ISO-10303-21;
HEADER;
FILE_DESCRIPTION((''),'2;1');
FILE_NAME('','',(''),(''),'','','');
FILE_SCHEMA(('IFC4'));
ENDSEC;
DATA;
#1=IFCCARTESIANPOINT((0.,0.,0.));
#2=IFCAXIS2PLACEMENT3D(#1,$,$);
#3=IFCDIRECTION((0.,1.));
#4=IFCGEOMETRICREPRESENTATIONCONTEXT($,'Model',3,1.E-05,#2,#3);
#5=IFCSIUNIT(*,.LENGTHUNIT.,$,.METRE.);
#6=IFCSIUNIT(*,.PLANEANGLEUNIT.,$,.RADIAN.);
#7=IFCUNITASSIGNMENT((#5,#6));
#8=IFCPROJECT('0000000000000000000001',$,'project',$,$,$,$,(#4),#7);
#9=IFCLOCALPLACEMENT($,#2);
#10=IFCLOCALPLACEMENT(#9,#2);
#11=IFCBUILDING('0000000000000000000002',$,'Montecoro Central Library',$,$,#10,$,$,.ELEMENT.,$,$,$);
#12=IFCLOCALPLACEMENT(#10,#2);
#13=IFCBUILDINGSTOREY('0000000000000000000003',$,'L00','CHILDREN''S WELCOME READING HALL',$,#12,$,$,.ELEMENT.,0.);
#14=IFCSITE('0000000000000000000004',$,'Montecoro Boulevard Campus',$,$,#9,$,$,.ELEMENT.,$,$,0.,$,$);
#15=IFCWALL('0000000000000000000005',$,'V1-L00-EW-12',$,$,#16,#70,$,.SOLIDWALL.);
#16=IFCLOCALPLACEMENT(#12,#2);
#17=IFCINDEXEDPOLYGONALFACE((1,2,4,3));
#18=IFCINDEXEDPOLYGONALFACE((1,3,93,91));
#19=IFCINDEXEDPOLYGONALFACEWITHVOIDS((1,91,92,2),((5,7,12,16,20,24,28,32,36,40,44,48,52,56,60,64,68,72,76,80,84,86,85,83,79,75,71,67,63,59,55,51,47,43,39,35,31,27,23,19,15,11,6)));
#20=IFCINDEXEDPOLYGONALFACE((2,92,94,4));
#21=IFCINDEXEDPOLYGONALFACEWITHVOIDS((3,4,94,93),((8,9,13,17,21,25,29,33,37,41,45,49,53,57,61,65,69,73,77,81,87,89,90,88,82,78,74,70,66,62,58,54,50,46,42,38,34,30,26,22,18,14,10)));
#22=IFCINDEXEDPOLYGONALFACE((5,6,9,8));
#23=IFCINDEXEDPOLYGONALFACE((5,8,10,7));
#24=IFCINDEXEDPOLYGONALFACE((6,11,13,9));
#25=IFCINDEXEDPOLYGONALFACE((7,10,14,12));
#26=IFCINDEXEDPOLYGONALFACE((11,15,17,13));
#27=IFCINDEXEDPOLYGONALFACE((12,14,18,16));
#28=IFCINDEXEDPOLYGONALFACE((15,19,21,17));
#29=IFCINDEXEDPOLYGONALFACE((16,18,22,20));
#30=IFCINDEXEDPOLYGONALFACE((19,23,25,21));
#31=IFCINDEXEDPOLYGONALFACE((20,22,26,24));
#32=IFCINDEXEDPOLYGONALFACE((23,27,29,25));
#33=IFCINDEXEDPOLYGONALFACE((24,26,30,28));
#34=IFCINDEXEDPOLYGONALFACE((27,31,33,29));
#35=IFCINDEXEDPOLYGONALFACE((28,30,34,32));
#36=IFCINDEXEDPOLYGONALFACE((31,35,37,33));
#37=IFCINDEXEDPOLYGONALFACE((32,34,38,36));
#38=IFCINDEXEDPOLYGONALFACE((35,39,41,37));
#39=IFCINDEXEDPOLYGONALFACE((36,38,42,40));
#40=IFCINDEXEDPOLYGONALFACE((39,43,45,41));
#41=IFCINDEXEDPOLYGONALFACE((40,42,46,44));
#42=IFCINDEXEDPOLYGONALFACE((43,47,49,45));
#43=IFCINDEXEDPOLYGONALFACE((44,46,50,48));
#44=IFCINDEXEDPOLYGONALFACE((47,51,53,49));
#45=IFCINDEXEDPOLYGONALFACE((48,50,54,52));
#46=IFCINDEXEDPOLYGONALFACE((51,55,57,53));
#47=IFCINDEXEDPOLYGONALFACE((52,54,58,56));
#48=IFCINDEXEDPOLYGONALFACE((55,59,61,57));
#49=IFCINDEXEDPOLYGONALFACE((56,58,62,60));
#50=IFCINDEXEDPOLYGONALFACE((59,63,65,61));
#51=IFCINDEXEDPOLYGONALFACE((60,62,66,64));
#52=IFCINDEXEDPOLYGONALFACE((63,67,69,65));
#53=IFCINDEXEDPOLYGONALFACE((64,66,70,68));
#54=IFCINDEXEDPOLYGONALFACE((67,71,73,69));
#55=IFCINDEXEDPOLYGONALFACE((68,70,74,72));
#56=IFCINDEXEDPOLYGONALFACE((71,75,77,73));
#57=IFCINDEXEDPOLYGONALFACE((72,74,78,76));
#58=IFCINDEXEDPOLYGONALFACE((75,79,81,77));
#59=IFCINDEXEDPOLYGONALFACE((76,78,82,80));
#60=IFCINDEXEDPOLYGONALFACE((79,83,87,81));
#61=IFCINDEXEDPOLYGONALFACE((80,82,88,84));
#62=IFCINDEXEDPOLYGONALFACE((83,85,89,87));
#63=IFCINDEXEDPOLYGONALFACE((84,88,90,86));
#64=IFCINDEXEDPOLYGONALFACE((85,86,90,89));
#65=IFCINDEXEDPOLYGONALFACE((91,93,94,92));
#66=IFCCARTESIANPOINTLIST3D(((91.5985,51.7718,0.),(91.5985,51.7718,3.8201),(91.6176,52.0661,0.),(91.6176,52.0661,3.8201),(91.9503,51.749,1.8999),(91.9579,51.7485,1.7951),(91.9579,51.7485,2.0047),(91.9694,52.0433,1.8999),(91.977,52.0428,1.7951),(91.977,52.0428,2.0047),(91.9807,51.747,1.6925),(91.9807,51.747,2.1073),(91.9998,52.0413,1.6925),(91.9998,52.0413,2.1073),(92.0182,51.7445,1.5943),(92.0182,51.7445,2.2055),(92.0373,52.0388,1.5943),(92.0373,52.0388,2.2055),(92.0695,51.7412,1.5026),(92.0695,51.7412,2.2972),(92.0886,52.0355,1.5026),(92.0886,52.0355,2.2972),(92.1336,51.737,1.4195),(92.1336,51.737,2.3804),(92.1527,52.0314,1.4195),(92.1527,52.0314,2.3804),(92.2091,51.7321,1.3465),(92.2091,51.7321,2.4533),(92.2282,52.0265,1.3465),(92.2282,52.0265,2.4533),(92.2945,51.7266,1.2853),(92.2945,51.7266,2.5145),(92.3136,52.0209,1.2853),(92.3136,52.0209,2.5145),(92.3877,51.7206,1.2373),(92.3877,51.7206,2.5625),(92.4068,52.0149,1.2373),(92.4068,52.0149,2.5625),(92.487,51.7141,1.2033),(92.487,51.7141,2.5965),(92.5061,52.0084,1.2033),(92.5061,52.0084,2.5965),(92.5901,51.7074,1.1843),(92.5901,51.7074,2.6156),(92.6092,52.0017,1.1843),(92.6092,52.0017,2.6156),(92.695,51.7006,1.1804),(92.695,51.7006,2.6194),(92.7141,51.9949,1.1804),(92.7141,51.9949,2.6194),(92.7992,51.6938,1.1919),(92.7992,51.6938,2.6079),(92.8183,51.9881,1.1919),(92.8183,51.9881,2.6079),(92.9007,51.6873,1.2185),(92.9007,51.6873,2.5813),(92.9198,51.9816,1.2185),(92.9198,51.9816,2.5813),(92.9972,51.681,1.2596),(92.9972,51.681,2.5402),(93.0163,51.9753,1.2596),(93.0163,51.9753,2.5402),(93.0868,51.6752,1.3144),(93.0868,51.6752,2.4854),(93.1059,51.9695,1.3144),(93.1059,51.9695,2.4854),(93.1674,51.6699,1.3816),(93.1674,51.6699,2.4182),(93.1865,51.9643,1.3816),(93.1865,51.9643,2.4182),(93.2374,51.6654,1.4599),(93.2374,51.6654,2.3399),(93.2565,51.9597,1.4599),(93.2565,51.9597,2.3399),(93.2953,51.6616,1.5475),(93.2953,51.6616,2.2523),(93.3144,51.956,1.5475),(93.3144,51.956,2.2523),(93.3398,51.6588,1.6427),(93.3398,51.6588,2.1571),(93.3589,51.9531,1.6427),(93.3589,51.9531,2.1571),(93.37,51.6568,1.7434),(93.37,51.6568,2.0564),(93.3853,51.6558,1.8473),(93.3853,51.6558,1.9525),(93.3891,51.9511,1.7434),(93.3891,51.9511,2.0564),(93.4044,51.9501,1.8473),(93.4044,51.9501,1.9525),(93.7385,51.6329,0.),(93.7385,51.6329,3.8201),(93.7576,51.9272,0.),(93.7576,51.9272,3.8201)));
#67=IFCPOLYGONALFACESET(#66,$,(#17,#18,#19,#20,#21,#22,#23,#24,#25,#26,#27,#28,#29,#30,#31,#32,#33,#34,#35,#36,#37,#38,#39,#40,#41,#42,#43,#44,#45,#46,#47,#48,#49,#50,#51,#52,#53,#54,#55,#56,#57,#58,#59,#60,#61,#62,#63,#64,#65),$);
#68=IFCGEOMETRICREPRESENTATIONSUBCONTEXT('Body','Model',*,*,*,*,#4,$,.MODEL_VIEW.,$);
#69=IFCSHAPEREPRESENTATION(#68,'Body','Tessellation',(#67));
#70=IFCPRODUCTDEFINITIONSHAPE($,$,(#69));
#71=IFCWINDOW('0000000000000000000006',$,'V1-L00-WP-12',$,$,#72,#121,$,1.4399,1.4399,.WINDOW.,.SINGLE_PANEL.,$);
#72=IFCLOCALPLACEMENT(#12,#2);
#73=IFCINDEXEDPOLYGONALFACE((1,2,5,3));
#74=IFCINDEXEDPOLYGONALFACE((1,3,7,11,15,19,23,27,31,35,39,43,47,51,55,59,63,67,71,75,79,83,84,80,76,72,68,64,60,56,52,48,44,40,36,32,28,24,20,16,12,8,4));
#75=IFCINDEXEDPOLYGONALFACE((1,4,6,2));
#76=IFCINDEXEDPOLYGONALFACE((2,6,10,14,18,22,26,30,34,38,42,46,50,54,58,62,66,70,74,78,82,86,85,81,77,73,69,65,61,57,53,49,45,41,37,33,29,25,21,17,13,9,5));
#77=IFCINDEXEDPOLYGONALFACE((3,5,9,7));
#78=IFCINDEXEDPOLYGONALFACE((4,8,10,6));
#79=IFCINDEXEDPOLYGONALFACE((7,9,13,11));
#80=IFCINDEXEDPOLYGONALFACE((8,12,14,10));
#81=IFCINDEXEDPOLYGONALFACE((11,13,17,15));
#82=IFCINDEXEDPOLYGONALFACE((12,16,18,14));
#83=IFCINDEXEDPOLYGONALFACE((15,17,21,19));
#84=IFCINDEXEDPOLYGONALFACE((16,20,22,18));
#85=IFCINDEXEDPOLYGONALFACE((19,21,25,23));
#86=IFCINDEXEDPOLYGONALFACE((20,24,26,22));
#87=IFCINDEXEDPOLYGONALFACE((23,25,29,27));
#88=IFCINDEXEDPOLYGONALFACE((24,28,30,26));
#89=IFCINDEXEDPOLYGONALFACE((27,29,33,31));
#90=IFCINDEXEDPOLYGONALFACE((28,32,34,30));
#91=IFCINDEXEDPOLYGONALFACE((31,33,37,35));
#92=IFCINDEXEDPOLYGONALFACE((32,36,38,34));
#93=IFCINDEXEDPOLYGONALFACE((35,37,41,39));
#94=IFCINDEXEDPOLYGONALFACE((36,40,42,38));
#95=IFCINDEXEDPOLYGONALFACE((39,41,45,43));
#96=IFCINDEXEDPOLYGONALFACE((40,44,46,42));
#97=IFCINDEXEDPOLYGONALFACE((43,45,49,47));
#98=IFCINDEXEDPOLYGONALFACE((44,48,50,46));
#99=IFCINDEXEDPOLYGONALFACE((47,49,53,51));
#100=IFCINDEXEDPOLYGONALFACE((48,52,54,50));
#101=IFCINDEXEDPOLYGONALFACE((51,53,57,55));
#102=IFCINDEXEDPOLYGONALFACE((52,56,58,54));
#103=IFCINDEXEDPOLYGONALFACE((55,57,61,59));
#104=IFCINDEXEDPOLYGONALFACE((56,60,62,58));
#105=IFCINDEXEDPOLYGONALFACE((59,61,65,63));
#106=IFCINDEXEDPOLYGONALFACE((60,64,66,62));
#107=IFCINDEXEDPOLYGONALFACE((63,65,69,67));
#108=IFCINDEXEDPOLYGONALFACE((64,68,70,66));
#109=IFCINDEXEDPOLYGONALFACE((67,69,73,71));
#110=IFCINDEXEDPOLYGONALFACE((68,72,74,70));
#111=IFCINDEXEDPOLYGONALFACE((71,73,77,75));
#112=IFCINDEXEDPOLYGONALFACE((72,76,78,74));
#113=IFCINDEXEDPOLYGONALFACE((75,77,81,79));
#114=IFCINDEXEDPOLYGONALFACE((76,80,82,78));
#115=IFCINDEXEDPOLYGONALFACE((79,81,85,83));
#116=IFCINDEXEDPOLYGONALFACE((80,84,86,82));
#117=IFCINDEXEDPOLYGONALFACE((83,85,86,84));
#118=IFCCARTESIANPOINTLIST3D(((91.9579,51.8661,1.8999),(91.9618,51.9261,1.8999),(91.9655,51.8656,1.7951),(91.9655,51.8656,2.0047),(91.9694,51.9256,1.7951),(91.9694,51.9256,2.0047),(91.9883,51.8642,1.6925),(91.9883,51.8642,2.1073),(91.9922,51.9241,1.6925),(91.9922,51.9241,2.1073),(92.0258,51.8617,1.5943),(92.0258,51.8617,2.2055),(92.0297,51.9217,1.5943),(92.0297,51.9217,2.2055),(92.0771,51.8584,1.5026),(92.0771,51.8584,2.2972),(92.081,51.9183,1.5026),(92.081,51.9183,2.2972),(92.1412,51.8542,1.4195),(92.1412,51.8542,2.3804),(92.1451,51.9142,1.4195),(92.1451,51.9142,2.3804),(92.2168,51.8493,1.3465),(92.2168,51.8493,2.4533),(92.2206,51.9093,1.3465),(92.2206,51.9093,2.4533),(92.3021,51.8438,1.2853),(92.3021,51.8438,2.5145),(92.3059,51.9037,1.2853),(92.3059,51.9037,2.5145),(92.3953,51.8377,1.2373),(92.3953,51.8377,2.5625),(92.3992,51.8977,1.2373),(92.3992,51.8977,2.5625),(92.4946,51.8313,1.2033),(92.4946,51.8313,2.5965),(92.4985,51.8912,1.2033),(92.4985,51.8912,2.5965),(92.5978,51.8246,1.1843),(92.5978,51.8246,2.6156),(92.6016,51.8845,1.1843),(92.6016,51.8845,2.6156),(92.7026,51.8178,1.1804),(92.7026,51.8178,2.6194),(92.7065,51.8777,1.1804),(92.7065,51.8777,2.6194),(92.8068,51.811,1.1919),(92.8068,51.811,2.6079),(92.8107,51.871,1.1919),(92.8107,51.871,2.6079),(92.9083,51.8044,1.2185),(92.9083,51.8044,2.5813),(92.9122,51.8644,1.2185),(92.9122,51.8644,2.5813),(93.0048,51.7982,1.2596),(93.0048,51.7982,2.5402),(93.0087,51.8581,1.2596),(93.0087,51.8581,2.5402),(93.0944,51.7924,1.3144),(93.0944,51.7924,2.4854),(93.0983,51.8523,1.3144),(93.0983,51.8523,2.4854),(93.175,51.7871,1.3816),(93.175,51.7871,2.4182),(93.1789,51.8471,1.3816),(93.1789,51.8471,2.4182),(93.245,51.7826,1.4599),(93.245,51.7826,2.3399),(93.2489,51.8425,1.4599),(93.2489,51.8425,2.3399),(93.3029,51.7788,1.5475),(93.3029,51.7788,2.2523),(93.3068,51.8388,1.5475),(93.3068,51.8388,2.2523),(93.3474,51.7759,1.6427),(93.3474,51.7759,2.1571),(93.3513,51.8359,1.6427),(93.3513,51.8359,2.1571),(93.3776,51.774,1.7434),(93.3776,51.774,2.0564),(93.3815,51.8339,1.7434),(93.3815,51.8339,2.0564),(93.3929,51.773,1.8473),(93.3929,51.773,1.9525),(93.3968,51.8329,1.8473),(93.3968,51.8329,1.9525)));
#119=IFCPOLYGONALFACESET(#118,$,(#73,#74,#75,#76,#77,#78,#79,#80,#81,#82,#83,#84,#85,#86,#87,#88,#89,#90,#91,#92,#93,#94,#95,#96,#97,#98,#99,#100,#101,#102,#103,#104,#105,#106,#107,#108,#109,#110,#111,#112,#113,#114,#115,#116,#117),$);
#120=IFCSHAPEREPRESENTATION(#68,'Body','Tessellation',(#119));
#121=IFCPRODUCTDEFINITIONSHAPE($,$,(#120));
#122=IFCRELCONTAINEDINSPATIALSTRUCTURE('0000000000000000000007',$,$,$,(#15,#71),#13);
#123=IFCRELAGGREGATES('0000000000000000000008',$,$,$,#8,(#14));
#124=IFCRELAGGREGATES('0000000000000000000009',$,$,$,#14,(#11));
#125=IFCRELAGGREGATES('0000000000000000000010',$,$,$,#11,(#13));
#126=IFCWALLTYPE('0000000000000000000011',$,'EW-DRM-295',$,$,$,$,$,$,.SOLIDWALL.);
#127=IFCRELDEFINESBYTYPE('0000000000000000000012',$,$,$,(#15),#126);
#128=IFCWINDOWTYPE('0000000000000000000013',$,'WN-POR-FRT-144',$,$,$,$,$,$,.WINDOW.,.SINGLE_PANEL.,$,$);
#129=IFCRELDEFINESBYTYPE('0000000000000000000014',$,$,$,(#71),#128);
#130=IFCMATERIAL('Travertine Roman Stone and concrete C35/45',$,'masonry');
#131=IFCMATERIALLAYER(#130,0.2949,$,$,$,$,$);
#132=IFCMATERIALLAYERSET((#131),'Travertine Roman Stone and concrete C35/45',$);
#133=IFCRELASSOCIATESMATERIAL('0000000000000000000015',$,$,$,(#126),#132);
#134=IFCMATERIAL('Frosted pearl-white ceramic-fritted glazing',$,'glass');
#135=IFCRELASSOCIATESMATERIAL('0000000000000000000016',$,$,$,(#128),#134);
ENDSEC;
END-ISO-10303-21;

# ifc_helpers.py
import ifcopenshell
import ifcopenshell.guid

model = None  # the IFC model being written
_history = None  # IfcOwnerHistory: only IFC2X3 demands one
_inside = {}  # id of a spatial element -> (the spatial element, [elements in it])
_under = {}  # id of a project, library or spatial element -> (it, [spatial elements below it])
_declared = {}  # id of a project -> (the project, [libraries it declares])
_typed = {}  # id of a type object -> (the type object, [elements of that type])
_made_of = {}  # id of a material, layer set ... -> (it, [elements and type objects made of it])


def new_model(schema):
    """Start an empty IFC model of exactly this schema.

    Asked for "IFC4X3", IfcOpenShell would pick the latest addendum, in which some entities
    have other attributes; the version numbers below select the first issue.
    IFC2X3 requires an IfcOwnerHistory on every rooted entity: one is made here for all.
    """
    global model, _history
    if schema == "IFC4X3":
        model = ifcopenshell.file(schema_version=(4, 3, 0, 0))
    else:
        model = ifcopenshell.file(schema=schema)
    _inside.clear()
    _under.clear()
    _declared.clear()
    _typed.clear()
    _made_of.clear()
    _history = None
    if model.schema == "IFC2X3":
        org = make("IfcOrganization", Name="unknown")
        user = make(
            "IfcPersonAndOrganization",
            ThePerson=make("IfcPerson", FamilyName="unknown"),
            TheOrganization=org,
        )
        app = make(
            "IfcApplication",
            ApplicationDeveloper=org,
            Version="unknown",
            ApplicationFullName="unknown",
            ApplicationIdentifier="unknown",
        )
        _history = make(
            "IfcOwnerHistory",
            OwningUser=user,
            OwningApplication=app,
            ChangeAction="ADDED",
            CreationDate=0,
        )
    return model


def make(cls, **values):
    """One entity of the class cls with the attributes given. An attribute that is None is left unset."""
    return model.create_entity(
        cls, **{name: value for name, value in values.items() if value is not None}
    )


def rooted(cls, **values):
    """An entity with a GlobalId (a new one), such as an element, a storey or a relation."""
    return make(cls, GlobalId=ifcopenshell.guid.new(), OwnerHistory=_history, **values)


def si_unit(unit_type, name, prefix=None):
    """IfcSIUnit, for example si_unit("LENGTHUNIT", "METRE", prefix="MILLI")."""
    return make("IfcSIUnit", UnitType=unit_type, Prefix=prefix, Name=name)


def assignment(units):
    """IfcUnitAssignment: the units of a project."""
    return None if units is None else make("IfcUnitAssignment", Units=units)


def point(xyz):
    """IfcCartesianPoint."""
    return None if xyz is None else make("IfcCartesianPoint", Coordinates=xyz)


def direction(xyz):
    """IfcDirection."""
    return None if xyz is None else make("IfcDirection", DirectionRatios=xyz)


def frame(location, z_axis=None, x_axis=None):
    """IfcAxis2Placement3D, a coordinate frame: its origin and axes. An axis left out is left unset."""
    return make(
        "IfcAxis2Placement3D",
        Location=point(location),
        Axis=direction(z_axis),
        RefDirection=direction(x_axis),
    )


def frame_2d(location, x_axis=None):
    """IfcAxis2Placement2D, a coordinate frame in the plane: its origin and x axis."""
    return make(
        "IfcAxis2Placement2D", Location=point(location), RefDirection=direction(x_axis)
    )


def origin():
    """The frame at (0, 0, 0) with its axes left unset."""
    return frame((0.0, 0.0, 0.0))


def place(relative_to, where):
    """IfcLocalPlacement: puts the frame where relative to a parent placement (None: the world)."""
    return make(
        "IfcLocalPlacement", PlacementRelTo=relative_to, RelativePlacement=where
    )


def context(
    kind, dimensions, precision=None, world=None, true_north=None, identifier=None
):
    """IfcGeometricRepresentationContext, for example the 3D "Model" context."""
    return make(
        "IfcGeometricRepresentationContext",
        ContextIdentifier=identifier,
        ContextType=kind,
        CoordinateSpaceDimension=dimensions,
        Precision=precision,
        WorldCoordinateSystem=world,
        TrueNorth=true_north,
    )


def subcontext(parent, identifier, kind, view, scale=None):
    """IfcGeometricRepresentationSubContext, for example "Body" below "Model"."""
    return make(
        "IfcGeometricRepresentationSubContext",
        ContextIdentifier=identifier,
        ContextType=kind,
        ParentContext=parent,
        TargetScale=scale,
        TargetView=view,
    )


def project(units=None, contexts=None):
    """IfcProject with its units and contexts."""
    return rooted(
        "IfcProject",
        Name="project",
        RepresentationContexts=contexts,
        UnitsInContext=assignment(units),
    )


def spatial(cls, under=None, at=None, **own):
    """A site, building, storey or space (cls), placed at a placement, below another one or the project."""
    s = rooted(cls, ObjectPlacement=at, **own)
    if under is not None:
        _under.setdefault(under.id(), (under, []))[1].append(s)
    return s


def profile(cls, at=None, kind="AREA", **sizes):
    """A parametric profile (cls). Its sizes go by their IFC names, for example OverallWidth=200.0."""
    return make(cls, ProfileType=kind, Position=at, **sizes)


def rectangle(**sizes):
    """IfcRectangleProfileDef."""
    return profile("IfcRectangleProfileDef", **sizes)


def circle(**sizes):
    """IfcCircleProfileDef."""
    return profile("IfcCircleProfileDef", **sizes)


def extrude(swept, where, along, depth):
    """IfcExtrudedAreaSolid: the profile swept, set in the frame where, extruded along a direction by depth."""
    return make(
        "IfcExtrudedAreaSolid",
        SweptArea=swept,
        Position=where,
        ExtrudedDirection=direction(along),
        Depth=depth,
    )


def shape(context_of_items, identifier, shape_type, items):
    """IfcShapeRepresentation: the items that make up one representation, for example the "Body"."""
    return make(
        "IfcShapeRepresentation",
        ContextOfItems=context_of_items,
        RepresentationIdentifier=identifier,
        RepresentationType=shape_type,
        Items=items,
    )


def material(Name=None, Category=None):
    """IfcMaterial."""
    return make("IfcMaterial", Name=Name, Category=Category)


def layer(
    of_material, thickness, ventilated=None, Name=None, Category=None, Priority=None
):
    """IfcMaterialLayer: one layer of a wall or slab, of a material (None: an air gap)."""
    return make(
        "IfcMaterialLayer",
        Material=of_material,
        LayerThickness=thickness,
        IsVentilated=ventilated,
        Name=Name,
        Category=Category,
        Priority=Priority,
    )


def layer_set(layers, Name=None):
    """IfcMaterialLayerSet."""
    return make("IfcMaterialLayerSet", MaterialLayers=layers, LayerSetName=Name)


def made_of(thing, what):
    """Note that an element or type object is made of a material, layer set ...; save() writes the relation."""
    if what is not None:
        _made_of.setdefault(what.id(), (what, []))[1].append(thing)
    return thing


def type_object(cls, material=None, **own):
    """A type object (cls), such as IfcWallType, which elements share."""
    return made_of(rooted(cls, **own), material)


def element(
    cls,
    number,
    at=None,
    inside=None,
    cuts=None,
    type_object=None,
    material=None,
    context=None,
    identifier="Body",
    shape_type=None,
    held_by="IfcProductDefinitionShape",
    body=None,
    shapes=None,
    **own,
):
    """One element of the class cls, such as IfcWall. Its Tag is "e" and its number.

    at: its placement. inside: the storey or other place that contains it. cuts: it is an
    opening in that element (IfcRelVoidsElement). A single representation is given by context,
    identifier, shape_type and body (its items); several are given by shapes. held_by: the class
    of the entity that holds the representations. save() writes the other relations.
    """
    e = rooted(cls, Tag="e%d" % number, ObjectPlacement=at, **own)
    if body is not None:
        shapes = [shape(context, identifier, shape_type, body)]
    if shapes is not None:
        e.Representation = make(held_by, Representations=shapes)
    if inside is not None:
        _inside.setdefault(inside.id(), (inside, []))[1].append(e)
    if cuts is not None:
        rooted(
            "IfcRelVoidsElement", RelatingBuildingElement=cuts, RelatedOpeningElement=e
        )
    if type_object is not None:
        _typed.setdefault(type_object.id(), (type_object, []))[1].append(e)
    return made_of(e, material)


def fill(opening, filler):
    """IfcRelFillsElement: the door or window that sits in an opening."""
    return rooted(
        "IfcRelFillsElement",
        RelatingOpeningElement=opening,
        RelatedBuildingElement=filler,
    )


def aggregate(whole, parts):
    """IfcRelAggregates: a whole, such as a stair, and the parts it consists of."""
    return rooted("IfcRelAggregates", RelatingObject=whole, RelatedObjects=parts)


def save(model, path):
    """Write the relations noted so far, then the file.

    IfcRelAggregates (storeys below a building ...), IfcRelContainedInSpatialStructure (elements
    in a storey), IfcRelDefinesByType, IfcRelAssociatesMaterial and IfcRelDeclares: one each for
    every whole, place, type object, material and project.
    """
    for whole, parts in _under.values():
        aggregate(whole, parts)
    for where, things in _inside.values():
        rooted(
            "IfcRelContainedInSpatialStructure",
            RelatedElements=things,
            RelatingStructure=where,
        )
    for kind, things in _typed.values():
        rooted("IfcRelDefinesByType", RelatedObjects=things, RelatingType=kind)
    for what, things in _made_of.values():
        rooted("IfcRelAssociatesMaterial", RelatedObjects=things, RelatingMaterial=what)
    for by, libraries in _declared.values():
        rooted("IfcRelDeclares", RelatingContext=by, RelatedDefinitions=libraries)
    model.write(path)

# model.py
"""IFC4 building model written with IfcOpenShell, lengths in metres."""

from ifc_helpers import new_model, si_unit, direction, frame, frame_2d, origin, place, context, subcontext, project, spatial, rectangle, circle, extrude, material, layer, layer_set, type_object, element, fill, save


model = new_model("IFC4")

# Units and contexts
model_context = context("Model", 3, precision=1e-05, world=origin(), true_north=direction((0.0, 1.0)))
body_context = subcontext(model_context, "Body", "Model", "MODEL_VIEW")
ifc_project = project(units=[si_unit("LENGTHUNIT", "METRE"), si_unit("PLANEANGLEUNIT", "RADIAN")], contexts=[model_context])

# Site, building, storey
site_placement = place(None, origin())
site = spatial("IfcSite", under=ifc_project, at=site_placement, Name="Montecoro Boulevard Campus", CompositionType="ELEMENT", RefElevation=0.0)
building_placement = place(site_placement, origin())
building = spatial("IfcBuilding", under=site, at=building_placement, Name="Montecoro Central Library", CompositionType="ELEMENT")
storey_placement = place(building_placement, origin())
storey = spatial("IfcBuildingStorey", under=building, at=storey_placement, Name="L00", Description="CHILDREN'S WELCOME READING HALL", CompositionType="ELEMENT", Elevation=0.0)

# Wall, opening, window
ifc_material_1 = material(Name="Travertine Roman Stone and concrete C35/45", Category="masonry")
ifc_layer_1 = layer(ifc_material_1, 0.2949)
ifc_layer_set_1 = layer_set([ifc_layer_1], Name="Travertine Roman Stone and concrete C35/45")
wall_type = type_object("IfcWallType", Name="EW-DRM-295", PredefinedType="SOLIDWALL", material=ifc_layer_set_1)
wall_placement = place(storey_placement, frame((93.748, 51.78, 0.0), z_axis=(0.0, 0.0, 1.0), x_axis=(-0.9979, 0.064774, 0.0)))
wall = element("IfcWall", 1, at=wall_placement, inside=storey, type_object=wall_type, Name="V1-L00-EW-12", PredefinedType="SOLIDWALL", context=body_context, shape_type="SweptSolid", body=[
    extrude(rectangle(XDim=2.1445, YDim=0.2949, at=frame_2d((1.0723, 0.0))), origin(), (0.0, 0.0, 1.0), 3.8201),
])
opening_placement = place(wall_placement, frame((0.3521, 0.0, 1.1799)))
opening = element("IfcOpeningElement", 2, at=opening_placement, cuts=wall, PredefinedType="OPENING", context=body_context, shape_type="SweptSolid", body=[
    extrude(circle(Radius=0.72, at=frame_2d((0.72, 0.72))), frame((0.0, 0.1575, 0.0), z_axis=(0.0, -1.0, 0.0), x_axis=(1.0, 0.0, 0.0)), (0.0, 0.0, 1.0), 0.3149),
])
ifc_material_2 = material(Name="Frosted pearl-white ceramic-fritted glazing", Category="glass")
window_type = type_object("IfcWindowType", Name="WN-POR-FRT-144", PartitioningType="SINGLE_PANEL", PredefinedType="WINDOW", material=ifc_material_2)
window_placement = place(opening_placement, origin())
window = element("IfcWindow", 3, at=window_placement, inside=storey, type_object=window_type, Name="V1-L00-WP-12", OverallHeight=1.4399, OverallWidth=1.4399, PartitioningType="SINGLE_PANEL", PredefinedType="WINDOW", context=body_context, shape_type="SweptSolid", body=[
    extrude(circle(Radius=0.72, at=frame_2d((0.72, 0.72))), frame((0.0, 0.03, 0.0), z_axis=(0.0, -1.0, 0.0), x_axis=(1.0, 0.0, 0.0)), (0.0, 0.0, 1.0), 0.0601),
])
fill(opening, window)

save(model, "model.ifc")
